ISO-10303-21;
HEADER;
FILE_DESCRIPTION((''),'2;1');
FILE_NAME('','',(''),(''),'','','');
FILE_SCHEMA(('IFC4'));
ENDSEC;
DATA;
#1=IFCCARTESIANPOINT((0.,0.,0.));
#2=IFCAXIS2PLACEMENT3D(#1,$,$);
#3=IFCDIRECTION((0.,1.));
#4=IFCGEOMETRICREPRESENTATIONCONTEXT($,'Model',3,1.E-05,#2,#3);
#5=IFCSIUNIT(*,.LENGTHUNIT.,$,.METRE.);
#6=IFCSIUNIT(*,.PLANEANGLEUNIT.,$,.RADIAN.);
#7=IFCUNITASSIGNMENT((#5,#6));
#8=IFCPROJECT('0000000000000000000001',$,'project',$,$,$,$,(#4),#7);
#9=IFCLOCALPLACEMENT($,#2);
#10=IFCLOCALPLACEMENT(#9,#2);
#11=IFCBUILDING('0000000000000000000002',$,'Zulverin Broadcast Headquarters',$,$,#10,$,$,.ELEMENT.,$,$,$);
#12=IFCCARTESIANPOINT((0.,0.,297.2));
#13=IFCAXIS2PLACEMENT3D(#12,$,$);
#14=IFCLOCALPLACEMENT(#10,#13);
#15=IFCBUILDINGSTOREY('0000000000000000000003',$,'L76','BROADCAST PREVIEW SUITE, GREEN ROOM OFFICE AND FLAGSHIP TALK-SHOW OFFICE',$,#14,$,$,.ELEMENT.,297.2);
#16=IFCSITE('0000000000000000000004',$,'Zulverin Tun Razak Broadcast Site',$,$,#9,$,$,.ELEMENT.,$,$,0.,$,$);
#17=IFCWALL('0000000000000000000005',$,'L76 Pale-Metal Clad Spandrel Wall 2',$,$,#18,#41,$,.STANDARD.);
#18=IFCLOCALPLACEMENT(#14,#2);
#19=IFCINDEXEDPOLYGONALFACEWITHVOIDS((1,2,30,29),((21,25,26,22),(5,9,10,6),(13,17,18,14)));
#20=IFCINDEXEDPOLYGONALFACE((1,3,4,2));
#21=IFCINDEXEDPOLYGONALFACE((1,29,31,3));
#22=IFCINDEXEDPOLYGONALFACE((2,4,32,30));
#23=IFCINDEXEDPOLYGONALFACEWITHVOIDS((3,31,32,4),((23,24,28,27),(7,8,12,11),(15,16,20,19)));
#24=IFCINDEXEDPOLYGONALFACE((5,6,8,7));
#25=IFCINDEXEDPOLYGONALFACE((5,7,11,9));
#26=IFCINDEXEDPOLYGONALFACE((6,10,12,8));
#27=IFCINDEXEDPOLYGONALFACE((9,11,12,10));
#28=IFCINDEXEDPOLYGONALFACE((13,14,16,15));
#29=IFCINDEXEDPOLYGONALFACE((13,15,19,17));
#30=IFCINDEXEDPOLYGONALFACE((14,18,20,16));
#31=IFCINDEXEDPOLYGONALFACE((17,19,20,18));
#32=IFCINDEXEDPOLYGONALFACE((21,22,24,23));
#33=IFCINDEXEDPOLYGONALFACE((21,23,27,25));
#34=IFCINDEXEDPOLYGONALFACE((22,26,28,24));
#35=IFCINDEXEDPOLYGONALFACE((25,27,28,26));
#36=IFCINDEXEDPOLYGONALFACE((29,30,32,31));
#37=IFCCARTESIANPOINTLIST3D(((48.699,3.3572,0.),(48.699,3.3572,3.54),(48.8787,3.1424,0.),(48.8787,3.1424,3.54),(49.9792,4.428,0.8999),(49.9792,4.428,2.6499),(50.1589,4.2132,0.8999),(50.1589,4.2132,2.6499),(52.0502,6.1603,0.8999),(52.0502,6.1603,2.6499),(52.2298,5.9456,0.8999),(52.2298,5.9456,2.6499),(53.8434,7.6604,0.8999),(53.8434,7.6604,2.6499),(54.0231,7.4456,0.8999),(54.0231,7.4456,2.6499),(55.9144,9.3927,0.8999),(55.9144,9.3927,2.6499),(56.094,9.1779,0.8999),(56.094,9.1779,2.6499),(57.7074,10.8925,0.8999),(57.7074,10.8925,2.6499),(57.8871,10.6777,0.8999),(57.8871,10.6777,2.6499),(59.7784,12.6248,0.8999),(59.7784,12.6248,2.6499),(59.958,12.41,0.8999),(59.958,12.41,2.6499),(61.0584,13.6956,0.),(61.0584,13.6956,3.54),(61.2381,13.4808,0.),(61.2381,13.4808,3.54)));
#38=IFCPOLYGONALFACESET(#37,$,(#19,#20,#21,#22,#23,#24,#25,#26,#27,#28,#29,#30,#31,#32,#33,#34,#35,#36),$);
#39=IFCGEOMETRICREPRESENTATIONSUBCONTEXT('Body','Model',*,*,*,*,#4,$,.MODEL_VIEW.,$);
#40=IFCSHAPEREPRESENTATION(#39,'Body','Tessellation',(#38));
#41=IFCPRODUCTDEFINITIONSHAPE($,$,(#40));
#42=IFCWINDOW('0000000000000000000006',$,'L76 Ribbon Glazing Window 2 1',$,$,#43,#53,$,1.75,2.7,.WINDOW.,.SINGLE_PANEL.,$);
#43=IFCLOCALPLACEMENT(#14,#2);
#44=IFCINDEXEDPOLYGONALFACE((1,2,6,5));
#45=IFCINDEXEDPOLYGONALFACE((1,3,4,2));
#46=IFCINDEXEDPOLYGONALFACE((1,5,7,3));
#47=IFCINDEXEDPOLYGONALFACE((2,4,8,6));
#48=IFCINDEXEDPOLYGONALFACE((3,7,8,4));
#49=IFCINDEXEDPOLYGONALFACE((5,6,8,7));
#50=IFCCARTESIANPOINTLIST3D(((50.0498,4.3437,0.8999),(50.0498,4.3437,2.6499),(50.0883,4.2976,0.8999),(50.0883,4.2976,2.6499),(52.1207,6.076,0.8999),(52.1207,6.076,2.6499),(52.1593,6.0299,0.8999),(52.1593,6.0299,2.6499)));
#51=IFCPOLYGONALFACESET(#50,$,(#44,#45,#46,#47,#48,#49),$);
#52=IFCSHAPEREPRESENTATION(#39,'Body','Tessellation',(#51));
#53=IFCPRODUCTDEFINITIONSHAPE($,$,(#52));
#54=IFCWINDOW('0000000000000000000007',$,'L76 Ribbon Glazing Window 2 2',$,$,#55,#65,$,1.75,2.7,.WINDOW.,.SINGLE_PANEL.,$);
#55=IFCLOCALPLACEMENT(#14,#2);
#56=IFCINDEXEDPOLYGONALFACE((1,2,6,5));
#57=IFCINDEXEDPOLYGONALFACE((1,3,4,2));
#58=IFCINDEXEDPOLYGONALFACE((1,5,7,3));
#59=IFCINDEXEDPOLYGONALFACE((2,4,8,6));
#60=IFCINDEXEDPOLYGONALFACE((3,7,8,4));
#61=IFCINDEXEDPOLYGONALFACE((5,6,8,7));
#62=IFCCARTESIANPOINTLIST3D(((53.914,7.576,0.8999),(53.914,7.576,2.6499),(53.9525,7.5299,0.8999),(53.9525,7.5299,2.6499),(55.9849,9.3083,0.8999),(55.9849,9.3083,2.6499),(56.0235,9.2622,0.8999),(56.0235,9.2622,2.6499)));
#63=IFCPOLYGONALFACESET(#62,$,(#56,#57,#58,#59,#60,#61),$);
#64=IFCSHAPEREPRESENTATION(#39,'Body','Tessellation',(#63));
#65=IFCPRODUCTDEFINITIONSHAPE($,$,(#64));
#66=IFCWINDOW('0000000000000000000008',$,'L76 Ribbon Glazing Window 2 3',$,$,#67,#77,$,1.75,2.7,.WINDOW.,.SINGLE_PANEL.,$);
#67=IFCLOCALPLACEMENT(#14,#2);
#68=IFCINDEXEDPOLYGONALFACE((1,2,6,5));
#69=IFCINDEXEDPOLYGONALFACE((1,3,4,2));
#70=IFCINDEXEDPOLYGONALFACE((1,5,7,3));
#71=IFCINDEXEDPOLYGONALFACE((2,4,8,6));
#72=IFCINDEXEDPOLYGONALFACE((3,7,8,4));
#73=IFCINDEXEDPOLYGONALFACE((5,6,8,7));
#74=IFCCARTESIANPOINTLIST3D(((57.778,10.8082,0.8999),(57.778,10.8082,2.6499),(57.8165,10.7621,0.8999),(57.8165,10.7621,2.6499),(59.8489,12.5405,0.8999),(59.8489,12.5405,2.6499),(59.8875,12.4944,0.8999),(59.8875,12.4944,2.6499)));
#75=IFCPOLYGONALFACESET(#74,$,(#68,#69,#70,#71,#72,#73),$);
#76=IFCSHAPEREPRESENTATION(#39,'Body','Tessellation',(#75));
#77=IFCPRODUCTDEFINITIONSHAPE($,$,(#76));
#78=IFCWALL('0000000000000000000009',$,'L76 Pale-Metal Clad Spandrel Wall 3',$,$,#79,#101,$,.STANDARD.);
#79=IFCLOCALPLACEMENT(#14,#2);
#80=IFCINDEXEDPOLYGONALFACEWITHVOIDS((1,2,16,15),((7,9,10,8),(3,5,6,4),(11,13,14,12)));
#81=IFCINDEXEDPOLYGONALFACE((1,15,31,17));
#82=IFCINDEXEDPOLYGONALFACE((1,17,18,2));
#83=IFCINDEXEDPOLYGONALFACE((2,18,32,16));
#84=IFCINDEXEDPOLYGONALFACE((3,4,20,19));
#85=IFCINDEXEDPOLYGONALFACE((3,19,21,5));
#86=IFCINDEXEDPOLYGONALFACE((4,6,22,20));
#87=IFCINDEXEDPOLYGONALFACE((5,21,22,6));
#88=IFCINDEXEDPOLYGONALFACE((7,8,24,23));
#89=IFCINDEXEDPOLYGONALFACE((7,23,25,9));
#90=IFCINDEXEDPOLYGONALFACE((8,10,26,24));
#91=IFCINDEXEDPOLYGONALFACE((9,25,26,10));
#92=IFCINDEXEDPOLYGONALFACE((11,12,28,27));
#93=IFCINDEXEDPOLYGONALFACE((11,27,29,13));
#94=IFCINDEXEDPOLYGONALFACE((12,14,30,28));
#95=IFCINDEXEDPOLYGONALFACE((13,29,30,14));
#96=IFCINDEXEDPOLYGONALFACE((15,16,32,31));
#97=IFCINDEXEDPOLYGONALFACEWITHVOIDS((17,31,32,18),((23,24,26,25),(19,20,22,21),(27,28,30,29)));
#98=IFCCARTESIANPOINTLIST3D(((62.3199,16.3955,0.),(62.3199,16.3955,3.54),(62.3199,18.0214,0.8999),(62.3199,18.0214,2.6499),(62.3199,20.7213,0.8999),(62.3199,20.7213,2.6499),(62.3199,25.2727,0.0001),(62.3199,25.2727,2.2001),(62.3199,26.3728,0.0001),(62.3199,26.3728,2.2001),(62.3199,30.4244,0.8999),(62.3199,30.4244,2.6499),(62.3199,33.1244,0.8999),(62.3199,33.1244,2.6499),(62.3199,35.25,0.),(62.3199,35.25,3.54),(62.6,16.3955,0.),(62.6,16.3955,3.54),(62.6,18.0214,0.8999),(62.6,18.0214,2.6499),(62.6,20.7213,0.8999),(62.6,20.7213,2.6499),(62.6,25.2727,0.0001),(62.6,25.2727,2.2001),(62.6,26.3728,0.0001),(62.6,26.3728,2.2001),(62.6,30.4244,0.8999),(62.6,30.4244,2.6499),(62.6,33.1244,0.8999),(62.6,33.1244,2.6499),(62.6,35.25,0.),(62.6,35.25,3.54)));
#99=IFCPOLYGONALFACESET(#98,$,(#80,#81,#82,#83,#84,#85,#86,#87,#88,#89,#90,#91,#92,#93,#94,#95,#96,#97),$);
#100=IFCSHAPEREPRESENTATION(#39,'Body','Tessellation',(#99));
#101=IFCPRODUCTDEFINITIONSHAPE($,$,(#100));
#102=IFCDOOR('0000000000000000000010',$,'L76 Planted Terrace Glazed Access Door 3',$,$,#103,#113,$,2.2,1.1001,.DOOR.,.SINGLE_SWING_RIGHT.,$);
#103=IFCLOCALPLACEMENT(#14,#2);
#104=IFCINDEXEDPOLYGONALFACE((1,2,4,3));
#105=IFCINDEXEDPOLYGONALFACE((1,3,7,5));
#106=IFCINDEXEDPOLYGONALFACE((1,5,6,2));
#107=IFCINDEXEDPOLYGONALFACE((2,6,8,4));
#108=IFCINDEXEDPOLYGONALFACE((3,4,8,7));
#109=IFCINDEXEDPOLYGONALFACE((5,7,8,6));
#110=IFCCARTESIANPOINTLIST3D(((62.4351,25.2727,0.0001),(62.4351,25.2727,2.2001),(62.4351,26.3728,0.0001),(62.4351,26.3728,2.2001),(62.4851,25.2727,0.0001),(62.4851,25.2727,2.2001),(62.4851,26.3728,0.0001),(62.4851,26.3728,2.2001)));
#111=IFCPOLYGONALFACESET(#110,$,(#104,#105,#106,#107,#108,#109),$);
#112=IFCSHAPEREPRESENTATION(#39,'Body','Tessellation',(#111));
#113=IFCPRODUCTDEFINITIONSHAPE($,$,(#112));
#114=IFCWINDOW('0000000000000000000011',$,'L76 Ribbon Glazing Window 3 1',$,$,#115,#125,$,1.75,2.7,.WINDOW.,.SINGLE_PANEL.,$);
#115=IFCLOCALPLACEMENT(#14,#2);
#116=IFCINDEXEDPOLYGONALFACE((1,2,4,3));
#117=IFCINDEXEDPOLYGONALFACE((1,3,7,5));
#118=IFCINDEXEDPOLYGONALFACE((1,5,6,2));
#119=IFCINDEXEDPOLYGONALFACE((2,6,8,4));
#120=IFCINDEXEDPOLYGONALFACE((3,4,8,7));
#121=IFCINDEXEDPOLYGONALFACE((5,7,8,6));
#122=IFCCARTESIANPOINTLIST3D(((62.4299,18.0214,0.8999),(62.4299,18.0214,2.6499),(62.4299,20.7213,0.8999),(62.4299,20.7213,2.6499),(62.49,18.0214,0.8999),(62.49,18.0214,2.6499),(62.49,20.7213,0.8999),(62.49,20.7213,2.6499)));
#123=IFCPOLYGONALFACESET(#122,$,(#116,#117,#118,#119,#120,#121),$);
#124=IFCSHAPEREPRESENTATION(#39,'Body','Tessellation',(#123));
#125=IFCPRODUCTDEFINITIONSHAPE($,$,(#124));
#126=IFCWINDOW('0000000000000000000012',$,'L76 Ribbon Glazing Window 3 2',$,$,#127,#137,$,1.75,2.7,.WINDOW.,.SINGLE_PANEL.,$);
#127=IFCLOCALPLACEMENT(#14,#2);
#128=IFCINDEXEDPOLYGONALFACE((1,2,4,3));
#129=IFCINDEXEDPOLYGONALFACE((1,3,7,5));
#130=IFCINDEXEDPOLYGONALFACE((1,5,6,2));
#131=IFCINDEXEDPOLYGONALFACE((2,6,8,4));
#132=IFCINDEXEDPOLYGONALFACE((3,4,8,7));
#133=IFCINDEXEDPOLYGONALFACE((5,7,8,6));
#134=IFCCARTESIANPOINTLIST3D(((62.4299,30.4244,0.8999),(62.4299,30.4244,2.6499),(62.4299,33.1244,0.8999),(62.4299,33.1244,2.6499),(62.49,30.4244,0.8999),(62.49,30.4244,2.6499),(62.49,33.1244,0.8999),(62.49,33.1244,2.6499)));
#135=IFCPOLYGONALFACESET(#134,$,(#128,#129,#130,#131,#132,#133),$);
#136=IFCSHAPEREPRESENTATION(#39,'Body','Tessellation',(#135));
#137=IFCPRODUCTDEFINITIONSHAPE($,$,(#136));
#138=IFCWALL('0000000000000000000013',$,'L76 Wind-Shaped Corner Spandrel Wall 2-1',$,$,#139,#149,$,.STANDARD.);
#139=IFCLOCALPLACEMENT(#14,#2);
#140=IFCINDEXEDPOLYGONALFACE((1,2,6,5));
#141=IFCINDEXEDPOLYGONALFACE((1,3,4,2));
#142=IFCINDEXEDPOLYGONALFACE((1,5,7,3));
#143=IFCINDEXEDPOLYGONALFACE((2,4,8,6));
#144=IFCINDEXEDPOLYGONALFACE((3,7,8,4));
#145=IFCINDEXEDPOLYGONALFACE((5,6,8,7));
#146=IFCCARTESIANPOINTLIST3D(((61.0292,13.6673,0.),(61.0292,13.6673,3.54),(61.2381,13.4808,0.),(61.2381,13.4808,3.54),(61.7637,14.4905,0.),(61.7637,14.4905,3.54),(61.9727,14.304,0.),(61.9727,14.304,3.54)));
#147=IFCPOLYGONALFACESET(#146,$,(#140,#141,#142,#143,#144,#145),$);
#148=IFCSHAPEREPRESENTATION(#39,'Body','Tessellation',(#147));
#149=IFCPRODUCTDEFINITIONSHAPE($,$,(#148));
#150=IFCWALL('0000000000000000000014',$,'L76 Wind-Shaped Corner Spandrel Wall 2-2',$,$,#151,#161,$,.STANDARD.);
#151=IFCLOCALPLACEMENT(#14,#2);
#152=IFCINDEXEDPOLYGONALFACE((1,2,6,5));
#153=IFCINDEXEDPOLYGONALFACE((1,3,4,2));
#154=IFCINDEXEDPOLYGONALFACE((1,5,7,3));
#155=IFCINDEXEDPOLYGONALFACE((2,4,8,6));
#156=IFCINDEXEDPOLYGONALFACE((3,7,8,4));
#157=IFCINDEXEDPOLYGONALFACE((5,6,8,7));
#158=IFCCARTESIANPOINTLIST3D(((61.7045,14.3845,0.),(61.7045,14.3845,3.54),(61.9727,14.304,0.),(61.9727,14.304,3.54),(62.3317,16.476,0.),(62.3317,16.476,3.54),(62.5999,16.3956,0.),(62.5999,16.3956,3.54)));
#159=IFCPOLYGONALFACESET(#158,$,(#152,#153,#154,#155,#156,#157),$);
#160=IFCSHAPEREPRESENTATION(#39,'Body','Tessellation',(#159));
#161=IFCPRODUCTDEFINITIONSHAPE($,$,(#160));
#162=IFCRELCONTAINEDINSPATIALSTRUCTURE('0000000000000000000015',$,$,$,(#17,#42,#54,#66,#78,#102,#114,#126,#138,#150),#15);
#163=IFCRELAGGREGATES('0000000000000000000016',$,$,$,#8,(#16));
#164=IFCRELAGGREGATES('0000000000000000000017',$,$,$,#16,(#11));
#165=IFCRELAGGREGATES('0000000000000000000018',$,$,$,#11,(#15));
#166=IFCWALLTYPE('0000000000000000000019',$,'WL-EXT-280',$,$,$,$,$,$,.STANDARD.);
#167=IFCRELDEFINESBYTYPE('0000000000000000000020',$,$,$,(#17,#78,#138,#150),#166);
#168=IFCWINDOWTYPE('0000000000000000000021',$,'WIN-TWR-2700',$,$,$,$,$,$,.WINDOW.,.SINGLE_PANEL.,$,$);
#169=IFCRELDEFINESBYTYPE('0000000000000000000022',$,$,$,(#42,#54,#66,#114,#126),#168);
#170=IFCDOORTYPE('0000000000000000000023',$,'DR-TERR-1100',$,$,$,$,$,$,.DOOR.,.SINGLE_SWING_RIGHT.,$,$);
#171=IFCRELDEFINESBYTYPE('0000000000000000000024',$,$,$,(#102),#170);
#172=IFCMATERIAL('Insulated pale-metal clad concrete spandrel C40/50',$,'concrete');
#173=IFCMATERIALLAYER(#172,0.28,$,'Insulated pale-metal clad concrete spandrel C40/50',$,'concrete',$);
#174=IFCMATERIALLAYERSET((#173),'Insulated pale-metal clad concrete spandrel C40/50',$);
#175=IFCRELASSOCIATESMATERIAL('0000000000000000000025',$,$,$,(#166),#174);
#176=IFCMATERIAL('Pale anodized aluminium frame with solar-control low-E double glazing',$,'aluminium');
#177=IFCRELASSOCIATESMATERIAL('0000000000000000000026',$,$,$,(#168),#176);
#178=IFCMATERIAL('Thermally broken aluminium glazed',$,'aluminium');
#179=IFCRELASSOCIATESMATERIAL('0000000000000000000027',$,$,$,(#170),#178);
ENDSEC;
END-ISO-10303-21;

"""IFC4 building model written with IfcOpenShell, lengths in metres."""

from ifc_helpers import new_model, si_unit, direction, frame, frame_2d, origin, place, context, subcontext, project, spatial, rectangle, extrude, material, layer, layer_set, type_object, element, fill, save


model = new_model("IFC4")

# Units and contexts
model_context = context("Model", 3, precision=1e-05, world=origin(), true_north=direction((0.0, 1.0)))
body_context = subcontext(model_context, "Body", "Model", "MODEL_VIEW")
ifc_project = project(units=[si_unit("LENGTHUNIT", "METRE"), si_unit("PLANEANGLEUNIT", "RADIAN")], contexts=[model_context])

# Site, building, storey
site_placement = place(None, origin())
site = spatial("IfcSite", under=ifc_project, at=site_placement, Name="Zulverin Tun Razak Broadcast Site", CompositionType="ELEMENT", RefElevation=0.0)
building_placement = place(site_placement, origin())
building = spatial("IfcBuilding", under=site, at=building_placement, Name="Zulverin Broadcast Headquarters", CompositionType="ELEMENT")
storey_placement = place(building_placement, frame((0.0, 0.0, 297.2)))
storey = spatial("IfcBuildingStorey", under=building, at=storey_placement, Name="L76", Description="BROADCAST PREVIEW SUITE, GREEN ROOM OFFICE AND FLAGSHIP TALK-SHOW OFFICE", CompositionType="ELEMENT", Elevation=297.2)

# Wall, openings, windows
ifc_material_1 = material(Name="Insulated pale-metal clad concrete spandrel C40/50", Category="concrete")
ifc_layer_1 = layer(ifc_material_1, 0.28, Name="Insulated pale-metal clad concrete spandrel C40/50", Category="concrete")
ifc_layer_set_1 = layer_set([ifc_layer_1], Name="Insulated pale-metal clad concrete spandrel C40/50")
wall_type_1 = type_object("IfcWallType", Name="WL-EXT-280", PredefinedType="STANDARD", material=ifc_layer_set_1)
wall_1_placement = place(storey_placement, frame((48.7888, 3.2498, 0.0), z_axis=(0.0, 0.0, 1.0), x_axis=(0.767033, 0.641608, 0.0)))
wall_1 = element("IfcWall", 1, at=wall_1_placement, inside=storey, type_object=wall_type_1, Name="L76 Pale-Metal Clad Spandrel Wall 2", PredefinedType="STANDARD", context=body_context, shape_type="SweptSolid", body=[
    extrude(rectangle(XDim=16.1133, YDim=0.28, at=frame_2d((8.0566, 0.0))), origin(), (0.0, 0.0, 1.0), 3.54),
])
opening_1_placement = place(wall_1_placement, frame((1.6689, 0.0, 0.8999)))
opening_1 = element("IfcOpeningElement", 2, at=opening_1_placement, cuts=wall_1, PredefinedType="OPENING", context=body_context, shape_type="SweptSolid", body=[
    extrude(rectangle(XDim=2.7, YDim=1.75, at=frame_2d((1.3501, 0.875))), frame((0.0, 0.1499, 0.0), z_axis=(0.0, -1.0, 0.0), x_axis=(1.0, 0.0, 0.0)), (0.0, 0.0, 1.0), 0.3),
])
opening_2_placement = place(wall_1_placement, frame((6.7068, 0.0, 0.8999)))
opening_2 = element("IfcOpeningElement", 3, at=opening_2_placement, cuts=wall_1, PredefinedType="OPENING", context=body_context, shape_type="SweptSolid", body=[
    extrude(rectangle(XDim=2.7, YDim=1.75, at=frame_2d((1.3501, 0.875))), frame((0.0, 0.1499, 0.0), z_axis=(0.0, -1.0, 0.0), x_axis=(1.0, 0.0, 0.0)), (0.0, 0.0, 1.0), 0.3),
])
opening_3_placement = place(wall_1_placement, frame((11.7444, 0.0, 0.8999)))
opening_3 = element("IfcOpeningElement", 4, at=opening_3_placement, cuts=wall_1, PredefinedType="OPENING", context=body_context, shape_type="SweptSolid", body=[
    extrude(rectangle(XDim=2.7, YDim=1.75, at=frame_2d((1.3501, 0.875))), frame((0.0, 0.1499, 0.0), z_axis=(0.0, -1.0, 0.0), x_axis=(1.0, 0.0, 0.0)), (0.0, 0.0, 1.0), 0.3),
])
ifc_material_2 = material(Name="Pale anodized aluminium frame with solar-control low-E double glazing", Category="aluminium")
window_type = type_object("IfcWindowType", Name="WIN-TWR-2700", PartitioningType="SINGLE_PANEL", PredefinedType="WINDOW", material=ifc_material_2)
window_1_placement = place(opening_1_placement, origin())
window_1 = element("IfcWindow", 5, at=window_1_placement, inside=storey, type_object=window_type, Name="L76 Ribbon Glazing Window 2 1", OverallHeight=1.75, OverallWidth=2.7, PartitioningType="SINGLE_PANEL", PredefinedType="WINDOW", context=body_context, shape_type="SweptSolid", body=[
    extrude(rectangle(XDim=2.7, YDim=1.75, at=frame_2d((1.3501, 0.875))), frame((0.0, 0.03, 0.0), z_axis=(0.0, -1.0, 0.0), x_axis=(1.0, 0.0, 0.0)), (0.0, 0.0, 1.0), 0.0601),
])
fill(opening_1, window_1)
window_2_placement = place(opening_2_placement, origin())
window_2 = element("IfcWindow", 6, at=window_2_placement, inside=storey, type_object=window_type, Name="L76 Ribbon Glazing Window 2 2", OverallHeight=1.75, OverallWidth=2.7, PartitioningType="SINGLE_PANEL", PredefinedType="WINDOW", context=body_context, shape_type="SweptSolid", body=[
    extrude(rectangle(XDim=2.7, YDim=1.75, at=frame_2d((1.3501, 0.875))), frame((0.0, 0.03, 0.0), z_axis=(0.0, -1.0, 0.0), x_axis=(1.0, 0.0, 0.0)), (0.0, 0.0, 1.0), 0.0601),
])
fill(opening_2, window_2)
window_3_placement = place(opening_3_placement, origin())
window_3 = element("IfcWindow", 7, at=window_3_placement, inside=storey, type_object=window_type, Name="L76 Ribbon Glazing Window 2 3", OverallHeight=1.75, OverallWidth=2.7, PartitioningType="SINGLE_PANEL", PredefinedType="WINDOW", context=body_context, shape_type="SweptSolid", body=[
    extrude(rectangle(XDim=2.7, YDim=1.75, at=frame_2d((1.3501, 0.875))), frame((0.0, 0.03, 0.0), z_axis=(0.0, -1.0, 0.0), x_axis=(1.0, 0.0, 0.0)), (0.0, 0.0, 1.0), 0.0601),
])
fill(opening_3, window_3)

# Wall, openings, door, windows
wall_2_placement = place(storey_placement, frame((62.46, 16.3955, 0.0), z_axis=(0.0, 0.0, 1.0), x_axis=(0.0, 1.0, 0.0)))
wall_2 = element("IfcWall", 8, at=wall_2_placement, inside=storey, type_object=wall_type_1, Name="L76 Pale-Metal Clad Spandrel Wall 3", PredefinedType="STANDARD", context=body_context, shape_type="SweptSolid", body=[
    extrude(rectangle(XDim=18.8545, YDim=0.28, at=frame_2d((9.4272, 0.0))), origin(), (0.0, 0.0, 1.0), 3.54),
])
opening_4_placement = place(wall_2_placement, frame((8.8772, 0.0, 0.0)))
opening_4 = element("IfcOpeningElement", 9, at=opening_4_placement, cuts=wall_2, PredefinedType="OPENING", context=body_context, shape_type="SweptSolid", body=[
    extrude(rectangle(XDim=1.1001, YDim=2.2, at=frame_2d((0.55, 1.1001))), frame((0.0, 0.1499, 0.0), z_axis=(0.0, -1.0, 0.0), x_axis=(1.0, 0.0, 0.0)), (0.0, 0.0, 1.0), 0.3),
])
opening_5_placement = place(wall_2_placement, frame((1.6257, 0.0, 0.8999)))
opening_5 = element("IfcOpeningElement", 10, at=opening_5_placement, cuts=wall_2, PredefinedType="OPENING", context=body_context, shape_type="SweptSolid", body=[
    extrude(rectangle(XDim=2.7, YDim=1.75, at=frame_2d((1.3501, 0.875))), frame((0.0, 0.1499, 0.0), z_axis=(0.0, -1.0, 0.0), x_axis=(1.0, 0.0, 0.0)), (0.0, 0.0, 1.0), 0.3),
])
opening_6_placement = place(wall_2_placement, frame((14.0288, 0.0, 0.8999)))
opening_6 = element("IfcOpeningElement", 11, at=opening_6_placement, cuts=wall_2, PredefinedType="OPENING", context=body_context, shape_type="SweptSolid", body=[
    extrude(rectangle(XDim=2.7, YDim=1.75, at=frame_2d((1.3501, 0.875))), frame((0.0, 0.1499, 0.0), z_axis=(0.0, -1.0, 0.0), x_axis=(1.0, 0.0, 0.0)), (0.0, 0.0, 1.0), 0.3),
])
ifc_material_3 = material(Name="Thermally broken aluminium glazed", Category="aluminium")
door_type = type_object("IfcDoorType", Name="DR-TERR-1100", OperationType="SINGLE_SWING_RIGHT", PredefinedType="DOOR", material=ifc_material_3)
door_placement = place(opening_4_placement, origin())
door = element("IfcDoor", 12, at=door_placement, inside=storey, type_object=door_type, Name="L76 Planted Terrace Glazed Access Door 3", OperationType="SINGLE_SWING_RIGHT", OverallHeight=2.2, OverallWidth=1.1001, PredefinedType="DOOR", context=body_context, shape_type="SweptSolid", body=[
    extrude(rectangle(XDim=1.1001, YDim=2.2, at=frame_2d((0.55, 1.1001))), frame((0.0, 0.0249, 0.0), z_axis=(0.0, -1.0, 0.0), x_axis=(1.0, 0.0, 0.0)), (0.0, 0.0, 1.0), 0.05),
])
fill(opening_4, door)
window_4_placement = place(opening_5_placement, origin())
window_4 = element("IfcWindow", 13, at=window_4_placement, inside=storey, type_object=window_type, Name="L76 Ribbon Glazing Window 3 1", OverallHeight=1.75, OverallWidth=2.7, PartitioningType="SINGLE_PANEL", PredefinedType="WINDOW", context=body_context, shape_type="SweptSolid", body=[
    extrude(rectangle(XDim=2.7, YDim=1.75, at=frame_2d((1.3501, 0.875))), frame((0.0, 0.03, 0.0), z_axis=(0.0, -1.0, 0.0), x_axis=(1.0, 0.0, 0.0)), (0.0, 0.0, 1.0), 0.0601),
])
fill(opening_5, window_4)
window_5_placement = place(opening_6_placement, origin())
window_5 = element("IfcWindow", 14, at=window_5_placement, inside=storey, type_object=window_type, Name="L76 Ribbon Glazing Window 3 2", OverallHeight=1.75, OverallWidth=2.7, PartitioningType="SINGLE_PANEL", PredefinedType="WINDOW", context=body_context, shape_type="SweptSolid", body=[
    extrude(rectangle(XDim=2.7, YDim=1.75, at=frame_2d((1.3501, 0.875))), frame((0.0, 0.03, 0.0), z_axis=(0.0, -1.0, 0.0), x_axis=(1.0, 0.0, 0.0)), (0.0, 0.0, 1.0), 0.0601),
])
fill(opening_6, window_5)

# Walls
wall_3_placement = place(storey_placement, frame((61.1335, 13.574, 0.0), z_axis=(0.0, 0.0, 1.0), x_axis=(0.665805, 0.746126, 0.0)))
element("IfcWall", 15, at=wall_3_placement, inside=storey, type_object=wall_type_1, Name="L76 Wind-Shaped Corner Spandrel Wall 2-1", PredefinedType="STANDARD", context=body_context, shape_type="SweptSolid", body=[
    extrude(rectangle(XDim=1.1033, YDim=0.28, at=frame_2d((0.5518, 0.0))), origin(), (0.0, 0.0, 1.0), 3.54),
])
wall_4_placement = place(storey_placement, frame((61.8386, 14.3442, 0.0), z_axis=(0.0, 0.0, 1.0), x_axis=(0.287235, 0.95786, 0.0)))
element("IfcWall", 16, at=wall_4_placement, inside=storey, type_object=wall_type_1, Name="L76 Wind-Shaped Corner Spandrel Wall 2-2", PredefinedType="STANDARD", context=body_context, shape_type="SweptSolid", body=[
    extrude(rectangle(XDim=2.1836, YDim=0.28, at=frame_2d((1.0918, 0.0))), origin(), (0.0, 0.0, 1.0), 3.54),
])

save(model, "model.ifc")
